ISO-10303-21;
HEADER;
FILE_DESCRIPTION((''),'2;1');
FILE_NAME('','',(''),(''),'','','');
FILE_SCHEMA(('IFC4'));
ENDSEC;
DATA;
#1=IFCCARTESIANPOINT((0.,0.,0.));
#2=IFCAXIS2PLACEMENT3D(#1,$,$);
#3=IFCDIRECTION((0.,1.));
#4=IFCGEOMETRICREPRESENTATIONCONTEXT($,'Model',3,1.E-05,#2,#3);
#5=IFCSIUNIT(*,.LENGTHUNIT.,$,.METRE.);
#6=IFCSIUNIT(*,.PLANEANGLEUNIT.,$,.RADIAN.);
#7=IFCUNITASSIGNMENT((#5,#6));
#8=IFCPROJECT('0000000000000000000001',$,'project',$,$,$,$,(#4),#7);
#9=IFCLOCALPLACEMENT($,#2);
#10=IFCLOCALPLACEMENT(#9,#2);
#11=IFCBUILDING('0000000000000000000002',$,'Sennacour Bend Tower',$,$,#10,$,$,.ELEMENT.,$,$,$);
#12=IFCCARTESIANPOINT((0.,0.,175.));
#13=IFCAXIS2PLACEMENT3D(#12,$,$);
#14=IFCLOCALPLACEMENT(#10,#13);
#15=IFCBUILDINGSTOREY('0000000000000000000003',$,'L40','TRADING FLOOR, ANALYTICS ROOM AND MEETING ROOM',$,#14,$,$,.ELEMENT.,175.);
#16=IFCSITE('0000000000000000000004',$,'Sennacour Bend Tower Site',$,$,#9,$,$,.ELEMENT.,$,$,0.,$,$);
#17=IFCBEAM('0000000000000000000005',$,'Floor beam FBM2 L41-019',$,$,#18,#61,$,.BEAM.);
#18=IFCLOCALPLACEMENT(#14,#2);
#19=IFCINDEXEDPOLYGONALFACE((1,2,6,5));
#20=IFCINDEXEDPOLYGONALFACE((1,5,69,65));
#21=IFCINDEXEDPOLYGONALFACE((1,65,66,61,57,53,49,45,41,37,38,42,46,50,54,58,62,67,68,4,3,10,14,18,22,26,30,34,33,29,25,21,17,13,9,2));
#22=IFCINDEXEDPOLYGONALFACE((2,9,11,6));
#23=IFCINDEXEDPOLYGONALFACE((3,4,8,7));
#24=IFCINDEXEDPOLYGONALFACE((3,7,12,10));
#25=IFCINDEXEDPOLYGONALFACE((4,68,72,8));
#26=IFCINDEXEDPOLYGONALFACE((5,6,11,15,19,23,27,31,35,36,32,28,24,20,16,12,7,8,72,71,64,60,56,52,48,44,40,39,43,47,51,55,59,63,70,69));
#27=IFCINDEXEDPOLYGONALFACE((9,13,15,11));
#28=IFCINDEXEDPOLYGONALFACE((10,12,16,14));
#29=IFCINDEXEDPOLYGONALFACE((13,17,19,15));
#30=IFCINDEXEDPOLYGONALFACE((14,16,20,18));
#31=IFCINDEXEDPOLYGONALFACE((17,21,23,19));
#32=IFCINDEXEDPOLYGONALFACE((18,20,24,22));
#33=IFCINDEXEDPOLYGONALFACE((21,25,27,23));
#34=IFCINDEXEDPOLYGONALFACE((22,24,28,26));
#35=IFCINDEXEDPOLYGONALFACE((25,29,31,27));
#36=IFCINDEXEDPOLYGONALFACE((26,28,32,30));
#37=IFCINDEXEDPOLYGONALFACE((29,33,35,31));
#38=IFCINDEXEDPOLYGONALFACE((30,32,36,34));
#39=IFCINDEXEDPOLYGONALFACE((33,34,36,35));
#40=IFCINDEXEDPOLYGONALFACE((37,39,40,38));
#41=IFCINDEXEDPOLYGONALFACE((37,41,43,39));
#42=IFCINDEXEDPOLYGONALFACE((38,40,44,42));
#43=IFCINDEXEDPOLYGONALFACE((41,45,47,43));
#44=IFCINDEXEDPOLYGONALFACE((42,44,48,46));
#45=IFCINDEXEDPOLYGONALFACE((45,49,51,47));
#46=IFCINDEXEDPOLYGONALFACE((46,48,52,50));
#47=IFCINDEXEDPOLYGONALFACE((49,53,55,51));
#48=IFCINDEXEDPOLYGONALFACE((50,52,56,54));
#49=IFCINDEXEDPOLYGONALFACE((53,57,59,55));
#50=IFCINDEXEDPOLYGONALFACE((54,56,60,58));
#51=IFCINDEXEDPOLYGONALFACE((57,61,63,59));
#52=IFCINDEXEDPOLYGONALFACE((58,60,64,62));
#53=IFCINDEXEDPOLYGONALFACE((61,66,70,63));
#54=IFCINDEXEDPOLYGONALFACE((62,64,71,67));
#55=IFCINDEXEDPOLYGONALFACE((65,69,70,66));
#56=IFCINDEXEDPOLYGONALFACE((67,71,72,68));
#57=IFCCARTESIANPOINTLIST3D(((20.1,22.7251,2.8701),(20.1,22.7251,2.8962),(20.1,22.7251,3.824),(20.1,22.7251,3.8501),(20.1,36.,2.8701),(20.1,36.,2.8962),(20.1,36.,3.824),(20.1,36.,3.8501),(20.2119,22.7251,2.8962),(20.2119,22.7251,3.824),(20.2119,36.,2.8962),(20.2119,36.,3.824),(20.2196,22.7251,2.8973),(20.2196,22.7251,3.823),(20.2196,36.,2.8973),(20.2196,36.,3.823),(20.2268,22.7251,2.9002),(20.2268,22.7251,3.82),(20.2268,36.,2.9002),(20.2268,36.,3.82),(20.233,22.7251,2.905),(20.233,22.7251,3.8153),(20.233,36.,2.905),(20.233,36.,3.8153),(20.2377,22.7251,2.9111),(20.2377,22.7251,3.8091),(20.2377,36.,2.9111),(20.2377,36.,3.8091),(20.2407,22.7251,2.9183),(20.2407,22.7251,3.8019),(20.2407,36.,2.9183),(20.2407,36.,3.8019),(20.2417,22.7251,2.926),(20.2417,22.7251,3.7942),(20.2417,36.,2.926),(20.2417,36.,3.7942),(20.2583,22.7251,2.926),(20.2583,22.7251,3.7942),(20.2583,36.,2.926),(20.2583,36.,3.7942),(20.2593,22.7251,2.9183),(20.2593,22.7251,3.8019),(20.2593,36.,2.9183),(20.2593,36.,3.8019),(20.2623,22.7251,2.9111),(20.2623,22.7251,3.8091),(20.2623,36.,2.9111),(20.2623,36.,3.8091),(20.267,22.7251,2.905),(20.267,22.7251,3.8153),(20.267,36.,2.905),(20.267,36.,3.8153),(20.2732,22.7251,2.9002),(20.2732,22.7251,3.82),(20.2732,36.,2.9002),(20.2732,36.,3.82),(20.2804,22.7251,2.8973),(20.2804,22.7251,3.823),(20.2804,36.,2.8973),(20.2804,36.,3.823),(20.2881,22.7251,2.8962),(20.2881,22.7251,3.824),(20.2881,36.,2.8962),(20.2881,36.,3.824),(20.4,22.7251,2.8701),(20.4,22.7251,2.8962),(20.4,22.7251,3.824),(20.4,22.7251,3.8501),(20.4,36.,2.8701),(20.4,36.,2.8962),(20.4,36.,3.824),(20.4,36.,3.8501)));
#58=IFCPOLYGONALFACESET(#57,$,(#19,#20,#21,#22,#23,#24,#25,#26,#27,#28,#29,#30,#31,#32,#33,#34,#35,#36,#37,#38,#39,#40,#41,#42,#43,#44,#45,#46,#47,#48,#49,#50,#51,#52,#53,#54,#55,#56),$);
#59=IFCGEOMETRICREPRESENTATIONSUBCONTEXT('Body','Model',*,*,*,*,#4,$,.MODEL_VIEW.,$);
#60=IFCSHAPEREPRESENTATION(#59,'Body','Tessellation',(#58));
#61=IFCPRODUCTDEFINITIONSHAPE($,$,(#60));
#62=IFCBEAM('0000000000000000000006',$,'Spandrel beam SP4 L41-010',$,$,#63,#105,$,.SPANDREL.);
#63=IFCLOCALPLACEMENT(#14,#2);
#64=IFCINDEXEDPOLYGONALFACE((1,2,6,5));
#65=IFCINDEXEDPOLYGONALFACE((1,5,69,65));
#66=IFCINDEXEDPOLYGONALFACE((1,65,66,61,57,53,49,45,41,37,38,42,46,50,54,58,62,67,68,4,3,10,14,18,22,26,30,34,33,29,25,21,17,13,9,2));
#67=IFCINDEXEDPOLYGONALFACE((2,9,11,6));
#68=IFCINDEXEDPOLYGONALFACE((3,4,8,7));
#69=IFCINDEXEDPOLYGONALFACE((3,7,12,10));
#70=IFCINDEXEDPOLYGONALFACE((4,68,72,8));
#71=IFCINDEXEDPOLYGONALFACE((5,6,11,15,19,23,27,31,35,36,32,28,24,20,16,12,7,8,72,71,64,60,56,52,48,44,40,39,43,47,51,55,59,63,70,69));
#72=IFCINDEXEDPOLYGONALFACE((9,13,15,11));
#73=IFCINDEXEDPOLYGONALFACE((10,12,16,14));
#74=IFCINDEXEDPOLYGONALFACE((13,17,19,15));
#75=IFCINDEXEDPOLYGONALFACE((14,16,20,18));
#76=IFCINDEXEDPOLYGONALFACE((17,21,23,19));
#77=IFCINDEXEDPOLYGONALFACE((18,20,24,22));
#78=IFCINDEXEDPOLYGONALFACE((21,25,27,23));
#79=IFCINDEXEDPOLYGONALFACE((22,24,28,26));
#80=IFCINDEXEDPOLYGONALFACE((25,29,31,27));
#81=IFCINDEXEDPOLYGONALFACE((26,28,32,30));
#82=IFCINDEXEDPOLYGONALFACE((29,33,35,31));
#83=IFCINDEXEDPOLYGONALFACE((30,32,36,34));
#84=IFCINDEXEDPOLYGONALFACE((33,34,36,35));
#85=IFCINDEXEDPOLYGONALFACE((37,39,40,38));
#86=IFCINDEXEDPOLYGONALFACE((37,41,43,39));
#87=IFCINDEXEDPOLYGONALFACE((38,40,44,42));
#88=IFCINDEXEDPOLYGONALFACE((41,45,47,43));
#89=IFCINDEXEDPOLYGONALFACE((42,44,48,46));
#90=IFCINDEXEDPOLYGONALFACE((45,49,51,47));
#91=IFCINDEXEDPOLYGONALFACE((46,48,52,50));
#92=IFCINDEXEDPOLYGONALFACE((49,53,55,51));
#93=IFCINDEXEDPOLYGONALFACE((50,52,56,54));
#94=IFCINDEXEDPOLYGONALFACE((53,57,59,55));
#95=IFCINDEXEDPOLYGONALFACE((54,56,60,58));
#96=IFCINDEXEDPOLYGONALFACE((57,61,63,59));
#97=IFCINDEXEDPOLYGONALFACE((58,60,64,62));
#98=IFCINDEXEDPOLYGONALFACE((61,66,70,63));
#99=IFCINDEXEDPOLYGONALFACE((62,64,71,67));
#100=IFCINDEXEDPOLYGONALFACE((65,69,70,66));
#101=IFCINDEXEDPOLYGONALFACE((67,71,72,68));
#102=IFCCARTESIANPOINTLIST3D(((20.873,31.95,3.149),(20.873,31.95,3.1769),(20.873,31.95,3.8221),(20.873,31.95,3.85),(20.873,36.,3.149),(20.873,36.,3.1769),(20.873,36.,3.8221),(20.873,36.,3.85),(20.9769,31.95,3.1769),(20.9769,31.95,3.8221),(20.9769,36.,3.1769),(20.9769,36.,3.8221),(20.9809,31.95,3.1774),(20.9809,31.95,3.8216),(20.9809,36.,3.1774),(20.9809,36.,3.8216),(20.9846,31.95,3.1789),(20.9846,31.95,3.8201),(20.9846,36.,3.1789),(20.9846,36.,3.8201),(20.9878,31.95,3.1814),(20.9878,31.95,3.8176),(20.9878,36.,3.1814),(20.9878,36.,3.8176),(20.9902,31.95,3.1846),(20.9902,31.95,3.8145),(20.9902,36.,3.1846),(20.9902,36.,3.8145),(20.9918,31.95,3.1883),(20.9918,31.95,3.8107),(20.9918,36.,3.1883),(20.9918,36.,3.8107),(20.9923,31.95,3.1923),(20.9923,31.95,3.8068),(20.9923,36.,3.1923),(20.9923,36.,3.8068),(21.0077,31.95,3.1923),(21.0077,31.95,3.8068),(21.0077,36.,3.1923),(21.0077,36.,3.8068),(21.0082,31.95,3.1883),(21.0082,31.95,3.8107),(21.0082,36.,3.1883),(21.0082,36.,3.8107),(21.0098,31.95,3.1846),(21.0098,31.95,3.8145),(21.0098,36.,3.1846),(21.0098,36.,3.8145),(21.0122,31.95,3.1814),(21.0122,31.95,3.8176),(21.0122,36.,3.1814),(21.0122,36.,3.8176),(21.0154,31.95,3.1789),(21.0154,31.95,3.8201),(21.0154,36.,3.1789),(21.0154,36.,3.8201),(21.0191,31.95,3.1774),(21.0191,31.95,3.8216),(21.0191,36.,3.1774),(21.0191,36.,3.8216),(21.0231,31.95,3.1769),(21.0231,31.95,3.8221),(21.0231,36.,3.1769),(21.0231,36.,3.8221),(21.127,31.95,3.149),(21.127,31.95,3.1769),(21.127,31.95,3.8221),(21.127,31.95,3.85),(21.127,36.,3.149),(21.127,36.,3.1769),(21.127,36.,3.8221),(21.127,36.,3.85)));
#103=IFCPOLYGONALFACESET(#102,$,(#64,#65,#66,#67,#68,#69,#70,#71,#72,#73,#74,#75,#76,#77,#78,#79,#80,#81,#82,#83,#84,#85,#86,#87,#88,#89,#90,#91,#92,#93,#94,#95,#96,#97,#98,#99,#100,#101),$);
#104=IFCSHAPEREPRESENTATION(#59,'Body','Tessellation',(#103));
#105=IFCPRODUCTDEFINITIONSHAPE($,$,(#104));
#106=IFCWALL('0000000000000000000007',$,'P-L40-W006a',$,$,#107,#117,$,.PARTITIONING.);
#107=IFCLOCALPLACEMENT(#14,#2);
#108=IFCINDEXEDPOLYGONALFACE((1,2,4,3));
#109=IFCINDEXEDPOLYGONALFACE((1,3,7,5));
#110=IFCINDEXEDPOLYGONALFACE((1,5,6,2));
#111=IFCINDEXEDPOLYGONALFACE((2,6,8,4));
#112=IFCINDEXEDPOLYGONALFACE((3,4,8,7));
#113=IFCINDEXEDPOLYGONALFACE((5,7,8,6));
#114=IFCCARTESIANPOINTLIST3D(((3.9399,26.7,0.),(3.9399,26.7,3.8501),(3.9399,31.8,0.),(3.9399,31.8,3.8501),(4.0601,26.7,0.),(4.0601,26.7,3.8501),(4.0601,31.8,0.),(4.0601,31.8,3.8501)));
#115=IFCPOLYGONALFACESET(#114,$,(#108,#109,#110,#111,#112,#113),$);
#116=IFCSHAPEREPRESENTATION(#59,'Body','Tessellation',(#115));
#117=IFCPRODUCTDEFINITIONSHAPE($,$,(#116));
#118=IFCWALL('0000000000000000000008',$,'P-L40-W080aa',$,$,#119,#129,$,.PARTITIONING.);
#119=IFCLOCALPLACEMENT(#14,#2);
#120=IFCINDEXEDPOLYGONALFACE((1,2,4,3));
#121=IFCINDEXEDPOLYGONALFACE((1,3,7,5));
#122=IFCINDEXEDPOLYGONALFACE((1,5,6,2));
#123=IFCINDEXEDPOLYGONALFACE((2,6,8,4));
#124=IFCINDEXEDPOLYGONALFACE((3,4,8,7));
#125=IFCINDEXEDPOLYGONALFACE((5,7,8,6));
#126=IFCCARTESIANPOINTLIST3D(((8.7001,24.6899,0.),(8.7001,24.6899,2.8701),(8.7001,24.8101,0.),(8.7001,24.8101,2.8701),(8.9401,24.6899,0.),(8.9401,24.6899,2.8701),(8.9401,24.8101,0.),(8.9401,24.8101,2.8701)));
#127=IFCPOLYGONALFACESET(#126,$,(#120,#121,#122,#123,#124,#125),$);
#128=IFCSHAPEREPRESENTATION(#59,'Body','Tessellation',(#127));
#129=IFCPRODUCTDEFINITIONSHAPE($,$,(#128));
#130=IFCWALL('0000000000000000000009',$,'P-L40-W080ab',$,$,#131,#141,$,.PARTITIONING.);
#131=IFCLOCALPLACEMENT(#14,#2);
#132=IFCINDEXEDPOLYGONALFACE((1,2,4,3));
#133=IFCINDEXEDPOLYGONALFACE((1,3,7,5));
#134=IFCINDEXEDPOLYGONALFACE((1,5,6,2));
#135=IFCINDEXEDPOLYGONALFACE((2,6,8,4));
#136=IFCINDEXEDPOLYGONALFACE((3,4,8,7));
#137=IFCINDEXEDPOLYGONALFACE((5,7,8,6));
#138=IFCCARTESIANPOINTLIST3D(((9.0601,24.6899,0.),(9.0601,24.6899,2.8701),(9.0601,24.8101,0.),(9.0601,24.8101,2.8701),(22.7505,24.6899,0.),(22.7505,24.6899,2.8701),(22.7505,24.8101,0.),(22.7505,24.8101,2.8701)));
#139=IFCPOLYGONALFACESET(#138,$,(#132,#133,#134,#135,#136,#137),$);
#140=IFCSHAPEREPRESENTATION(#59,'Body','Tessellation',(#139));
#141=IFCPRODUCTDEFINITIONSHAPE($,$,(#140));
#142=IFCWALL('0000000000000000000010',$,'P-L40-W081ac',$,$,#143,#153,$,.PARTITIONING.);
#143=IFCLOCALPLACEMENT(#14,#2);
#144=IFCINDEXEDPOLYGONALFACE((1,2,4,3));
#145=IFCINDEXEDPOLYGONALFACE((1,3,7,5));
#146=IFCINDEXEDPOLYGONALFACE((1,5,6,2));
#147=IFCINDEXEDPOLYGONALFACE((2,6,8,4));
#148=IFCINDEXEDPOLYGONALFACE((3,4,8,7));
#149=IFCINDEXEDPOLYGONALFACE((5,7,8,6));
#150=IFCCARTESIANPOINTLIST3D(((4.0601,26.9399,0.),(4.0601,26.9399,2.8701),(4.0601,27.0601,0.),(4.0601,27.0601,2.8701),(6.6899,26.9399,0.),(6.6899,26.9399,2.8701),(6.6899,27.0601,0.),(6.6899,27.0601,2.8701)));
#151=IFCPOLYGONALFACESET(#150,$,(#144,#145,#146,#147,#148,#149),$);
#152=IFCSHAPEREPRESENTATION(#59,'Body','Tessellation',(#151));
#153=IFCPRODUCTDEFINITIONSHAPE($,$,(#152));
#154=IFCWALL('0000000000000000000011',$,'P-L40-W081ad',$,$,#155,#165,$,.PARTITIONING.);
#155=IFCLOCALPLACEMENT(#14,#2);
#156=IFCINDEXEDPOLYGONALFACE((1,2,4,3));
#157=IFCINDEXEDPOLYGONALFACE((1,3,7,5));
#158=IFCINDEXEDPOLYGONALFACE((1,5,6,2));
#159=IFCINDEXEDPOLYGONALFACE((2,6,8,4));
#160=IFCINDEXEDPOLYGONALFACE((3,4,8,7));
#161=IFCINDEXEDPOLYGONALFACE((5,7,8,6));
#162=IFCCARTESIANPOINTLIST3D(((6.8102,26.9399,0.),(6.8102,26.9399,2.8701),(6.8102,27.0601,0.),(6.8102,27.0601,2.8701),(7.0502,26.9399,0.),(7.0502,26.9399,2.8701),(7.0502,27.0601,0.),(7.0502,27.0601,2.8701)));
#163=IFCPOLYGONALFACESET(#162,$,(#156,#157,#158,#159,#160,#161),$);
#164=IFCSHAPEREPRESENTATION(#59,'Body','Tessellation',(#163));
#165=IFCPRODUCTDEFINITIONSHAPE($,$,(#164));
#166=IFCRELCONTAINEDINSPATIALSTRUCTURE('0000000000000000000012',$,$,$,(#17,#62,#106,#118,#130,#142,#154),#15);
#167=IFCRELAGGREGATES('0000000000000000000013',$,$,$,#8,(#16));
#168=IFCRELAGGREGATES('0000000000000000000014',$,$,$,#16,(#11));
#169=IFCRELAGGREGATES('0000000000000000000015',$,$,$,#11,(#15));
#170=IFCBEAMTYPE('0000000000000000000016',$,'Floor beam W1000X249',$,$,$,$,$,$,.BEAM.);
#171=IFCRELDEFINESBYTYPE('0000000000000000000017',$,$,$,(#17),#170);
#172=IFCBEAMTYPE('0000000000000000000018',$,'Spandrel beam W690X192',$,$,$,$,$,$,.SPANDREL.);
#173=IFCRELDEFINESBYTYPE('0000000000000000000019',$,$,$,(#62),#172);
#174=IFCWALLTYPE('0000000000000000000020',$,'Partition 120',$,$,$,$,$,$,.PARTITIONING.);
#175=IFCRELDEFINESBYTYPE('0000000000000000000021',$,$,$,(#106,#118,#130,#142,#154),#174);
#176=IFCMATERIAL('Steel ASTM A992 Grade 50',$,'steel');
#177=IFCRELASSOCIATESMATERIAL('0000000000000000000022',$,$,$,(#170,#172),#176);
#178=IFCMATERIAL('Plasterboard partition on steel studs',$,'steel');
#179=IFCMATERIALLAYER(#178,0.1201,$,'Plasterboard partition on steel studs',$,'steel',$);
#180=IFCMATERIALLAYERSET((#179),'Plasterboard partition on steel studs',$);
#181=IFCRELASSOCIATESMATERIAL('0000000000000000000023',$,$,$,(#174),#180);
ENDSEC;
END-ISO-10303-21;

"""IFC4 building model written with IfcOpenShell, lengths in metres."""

from ifc_helpers import new_model, si_unit, direction, frame, frame_2d, origin, origin_2d, place, context, subcontext, project, spatial, rectangle, i_section, extrude, material, layer, layer_set, material_profile, profile_set, type_object, element, save


model = new_model("IFC4")

# Units and contexts
model_context = context("Model", 3, precision=1e-05, world=origin(), true_north=direction((0.0, 1.0)))
body_context = subcontext(model_context, "Body", "Model", "MODEL_VIEW")
ifc_project = project(units=[si_unit("LENGTHUNIT", "METRE"), si_unit("PLANEANGLEUNIT", "RADIAN")], contexts=[model_context])

# Site, building, storey
site_placement = place(None, origin())
site = spatial("IfcSite", under=ifc_project, at=site_placement, Name="Sennacour Bend Tower Site", CompositionType="ELEMENT", RefElevation=0.0)
building_placement = place(site_placement, origin())
building = spatial("IfcBuilding", under=site, at=building_placement, Name="Sennacour Bend Tower", CompositionType="ELEMENT")
storey_placement = place(building_placement, frame((0.0, 0.0, 175.0)))
storey = spatial("IfcBuildingStorey", under=building, at=storey_placement, Name="L40", Description="TRADING FLOOR, ANALYTICS ROOM AND MEETING ROOM", CompositionType="ELEMENT", Elevation=175.0)

# Beams
ifc_material_1 = material(Name="Steel ASTM A992 Grade 50", Category="steel")
ifc_material_profile_1 = material_profile(ifc_material_1, i_section(OverallWidth=0.3, OverallDepth=0.98, WebThickness=0.0166, FlangeThickness=0.0261, FilletRadius=0.0298, at=origin_2d()), Name="Steel ASTM A992 Grade 50", Category="steel")
ifc_profile_set_1 = profile_set([ifc_material_profile_1], Name="Steel ASTM A992 Grade 50")
beam_type_1 = type_object("IfcBeamType", Name="Floor beam W1000X249", PredefinedType="BEAM", material=ifc_profile_set_1)
for number, where, z_axis, x_axis, name in (
    (1, (20.25, 22.7251, 3.3601), (0.0, 1.0, 0.0), (-1.0, 0.0, 0.0), "Floor beam FBM2 L41-019"),
):
    element("IfcBeam", number, at=place(storey_placement, frame(where, z_axis=z_axis, x_axis=x_axis)), inside=storey, type_object=beam_type_1, Name=name, PredefinedType="BEAM", context=body_context, shape_type="SweptSolid", body=[
        extrude(i_section(OverallWidth=0.3, OverallDepth=0.98, WebThickness=0.0166, FlangeThickness=0.0261, FilletRadius=0.0298, at=origin_2d()), origin(), (0.0, 0.0, 1.0), 13.2749),
    ])
ifc_material_profile_2 = material_profile(ifc_material_1, i_section(OverallWidth=0.2539, OverallDepth=0.7009, WebThickness=0.0154, FlangeThickness=0.0278, FilletRadius=0.0154, at=origin_2d()), Name="Steel ASTM A992 Grade 50", Category="steel")
ifc_profile_set_2 = profile_set([ifc_material_profile_2], Name="Steel ASTM A992 Grade 50")
beam_type_2 = type_object("IfcBeamType", Name="Spandrel beam W690X192", PredefinedType="SPANDREL", material=ifc_profile_set_2)
beam_placement = place(storey_placement, frame((21.0, 36.0, 3.4995), z_axis=(0.0, -1.0, 0.0), x_axis=(1.0, 0.0, 0.0)))
element("IfcBeam", 2, at=beam_placement, inside=storey, type_object=beam_type_2, Name="Spandrel beam SP4 L41-010", PredefinedType="SPANDREL", context=body_context, shape_type="SweptSolid", body=[
    extrude(i_section(OverallWidth=0.2539, OverallDepth=0.7009, WebThickness=0.0154, FlangeThickness=0.0278, FilletRadius=0.0154, at=origin_2d()), origin(), (0.0, 0.0, 1.0), 4.05),
])

# Walls
ifc_material_2 = material(Name="Plasterboard partition on steel studs", Category="steel")
ifc_layer_1 = layer(ifc_material_2, 0.1201, Name="Plasterboard partition on steel studs", Category="steel")
ifc_layer_set_1 = layer_set([ifc_layer_1], Name="Plasterboard partition on steel studs")
wall_type_1 = type_object("IfcWallType", Name="Partition 120", PredefinedType="PARTITIONING", material=ifc_layer_set_1)
wall_1_placement = place(storey_placement, frame((4.0, 26.7, 0.0), z_axis=(0.0, 0.0, 1.0), x_axis=(0.0, 1.0, 0.0)))
element("IfcWall", 3, at=wall_1_placement, inside=storey, type_object=wall_type_1, Name="P-L40-W006a", PredefinedType="PARTITIONING", context=body_context, shape_type="SweptSolid", body=[
    extrude(rectangle(XDim=5.1001, YDim=0.1201, at=frame_2d((2.55, 0.0))), origin(), (0.0, 0.0, 1.0), 3.8501),
])
wall_2_placement = place(storey_placement, frame((8.7, 24.75, 0.0), z_axis=(0.0, 0.0, 1.0), x_axis=(1.0, 0.0, 0.0)))
element("IfcWall", 4, at=wall_2_placement, inside=storey, type_object=wall_type_1, Name="P-L40-W080aa", PredefinedType="PARTITIONING", context=body_context, shape_type="SweptSolid", body=[
    extrude(rectangle(XDim=0.24, YDim=0.1201, at=frame_2d((0.1201, 0.0))), origin(), (0.0, 0.0, 1.0), 2.8701),
])
wall_3_placement = place(storey_placement, frame((9.0601, 24.75, 0.0), z_axis=(0.0, 0.0, 1.0), x_axis=(1.0, 0.0, 0.0)))
element("IfcWall", 5, at=wall_3_placement, inside=storey, type_object=wall_type_1, Name="P-L40-W080ab", PredefinedType="PARTITIONING", context=body_context, shape_type="SweptSolid", body=[
    extrude(rectangle(XDim=13.6904, YDim=0.1201, at=frame_2d((6.8452, 0.0))), origin(), (0.0, 0.0, 1.0), 2.8701),
])
wall_4_placement = place(storey_placement, frame((4.0601, 27.0, 0.0), z_axis=(0.0, 0.0, 1.0), x_axis=(1.0, 0.0, 0.0)))
element("IfcWall", 6, at=wall_4_placement, inside=storey, type_object=wall_type_1, Name="P-L40-W081ac", PredefinedType="PARTITIONING", context=body_context, shape_type="SweptSolid", body=[
    extrude(rectangle(XDim=2.6299, YDim=0.1201, at=frame_2d((1.3149, 0.0))), origin(), (0.0, 0.0, 1.0), 2.8701),
])
wall_5_placement = place(storey_placement, frame((6.8101, 27.0, 0.0), z_axis=(0.0, 0.0, 1.0), x_axis=(1.0, 0.0, 0.0)))
element("IfcWall", 7, at=wall_5_placement, inside=storey, type_object=wall_type_1, Name="P-L40-W081ad", PredefinedType="PARTITIONING", context=body_context, shape_type="SweptSolid", body=[
    extrude(rectangle(XDim=0.24, YDim=0.1201, at=frame_2d((0.1201, 0.0))), origin(), (0.0, 0.0, 1.0), 2.8701),
])

save(model, "model.ifc")
